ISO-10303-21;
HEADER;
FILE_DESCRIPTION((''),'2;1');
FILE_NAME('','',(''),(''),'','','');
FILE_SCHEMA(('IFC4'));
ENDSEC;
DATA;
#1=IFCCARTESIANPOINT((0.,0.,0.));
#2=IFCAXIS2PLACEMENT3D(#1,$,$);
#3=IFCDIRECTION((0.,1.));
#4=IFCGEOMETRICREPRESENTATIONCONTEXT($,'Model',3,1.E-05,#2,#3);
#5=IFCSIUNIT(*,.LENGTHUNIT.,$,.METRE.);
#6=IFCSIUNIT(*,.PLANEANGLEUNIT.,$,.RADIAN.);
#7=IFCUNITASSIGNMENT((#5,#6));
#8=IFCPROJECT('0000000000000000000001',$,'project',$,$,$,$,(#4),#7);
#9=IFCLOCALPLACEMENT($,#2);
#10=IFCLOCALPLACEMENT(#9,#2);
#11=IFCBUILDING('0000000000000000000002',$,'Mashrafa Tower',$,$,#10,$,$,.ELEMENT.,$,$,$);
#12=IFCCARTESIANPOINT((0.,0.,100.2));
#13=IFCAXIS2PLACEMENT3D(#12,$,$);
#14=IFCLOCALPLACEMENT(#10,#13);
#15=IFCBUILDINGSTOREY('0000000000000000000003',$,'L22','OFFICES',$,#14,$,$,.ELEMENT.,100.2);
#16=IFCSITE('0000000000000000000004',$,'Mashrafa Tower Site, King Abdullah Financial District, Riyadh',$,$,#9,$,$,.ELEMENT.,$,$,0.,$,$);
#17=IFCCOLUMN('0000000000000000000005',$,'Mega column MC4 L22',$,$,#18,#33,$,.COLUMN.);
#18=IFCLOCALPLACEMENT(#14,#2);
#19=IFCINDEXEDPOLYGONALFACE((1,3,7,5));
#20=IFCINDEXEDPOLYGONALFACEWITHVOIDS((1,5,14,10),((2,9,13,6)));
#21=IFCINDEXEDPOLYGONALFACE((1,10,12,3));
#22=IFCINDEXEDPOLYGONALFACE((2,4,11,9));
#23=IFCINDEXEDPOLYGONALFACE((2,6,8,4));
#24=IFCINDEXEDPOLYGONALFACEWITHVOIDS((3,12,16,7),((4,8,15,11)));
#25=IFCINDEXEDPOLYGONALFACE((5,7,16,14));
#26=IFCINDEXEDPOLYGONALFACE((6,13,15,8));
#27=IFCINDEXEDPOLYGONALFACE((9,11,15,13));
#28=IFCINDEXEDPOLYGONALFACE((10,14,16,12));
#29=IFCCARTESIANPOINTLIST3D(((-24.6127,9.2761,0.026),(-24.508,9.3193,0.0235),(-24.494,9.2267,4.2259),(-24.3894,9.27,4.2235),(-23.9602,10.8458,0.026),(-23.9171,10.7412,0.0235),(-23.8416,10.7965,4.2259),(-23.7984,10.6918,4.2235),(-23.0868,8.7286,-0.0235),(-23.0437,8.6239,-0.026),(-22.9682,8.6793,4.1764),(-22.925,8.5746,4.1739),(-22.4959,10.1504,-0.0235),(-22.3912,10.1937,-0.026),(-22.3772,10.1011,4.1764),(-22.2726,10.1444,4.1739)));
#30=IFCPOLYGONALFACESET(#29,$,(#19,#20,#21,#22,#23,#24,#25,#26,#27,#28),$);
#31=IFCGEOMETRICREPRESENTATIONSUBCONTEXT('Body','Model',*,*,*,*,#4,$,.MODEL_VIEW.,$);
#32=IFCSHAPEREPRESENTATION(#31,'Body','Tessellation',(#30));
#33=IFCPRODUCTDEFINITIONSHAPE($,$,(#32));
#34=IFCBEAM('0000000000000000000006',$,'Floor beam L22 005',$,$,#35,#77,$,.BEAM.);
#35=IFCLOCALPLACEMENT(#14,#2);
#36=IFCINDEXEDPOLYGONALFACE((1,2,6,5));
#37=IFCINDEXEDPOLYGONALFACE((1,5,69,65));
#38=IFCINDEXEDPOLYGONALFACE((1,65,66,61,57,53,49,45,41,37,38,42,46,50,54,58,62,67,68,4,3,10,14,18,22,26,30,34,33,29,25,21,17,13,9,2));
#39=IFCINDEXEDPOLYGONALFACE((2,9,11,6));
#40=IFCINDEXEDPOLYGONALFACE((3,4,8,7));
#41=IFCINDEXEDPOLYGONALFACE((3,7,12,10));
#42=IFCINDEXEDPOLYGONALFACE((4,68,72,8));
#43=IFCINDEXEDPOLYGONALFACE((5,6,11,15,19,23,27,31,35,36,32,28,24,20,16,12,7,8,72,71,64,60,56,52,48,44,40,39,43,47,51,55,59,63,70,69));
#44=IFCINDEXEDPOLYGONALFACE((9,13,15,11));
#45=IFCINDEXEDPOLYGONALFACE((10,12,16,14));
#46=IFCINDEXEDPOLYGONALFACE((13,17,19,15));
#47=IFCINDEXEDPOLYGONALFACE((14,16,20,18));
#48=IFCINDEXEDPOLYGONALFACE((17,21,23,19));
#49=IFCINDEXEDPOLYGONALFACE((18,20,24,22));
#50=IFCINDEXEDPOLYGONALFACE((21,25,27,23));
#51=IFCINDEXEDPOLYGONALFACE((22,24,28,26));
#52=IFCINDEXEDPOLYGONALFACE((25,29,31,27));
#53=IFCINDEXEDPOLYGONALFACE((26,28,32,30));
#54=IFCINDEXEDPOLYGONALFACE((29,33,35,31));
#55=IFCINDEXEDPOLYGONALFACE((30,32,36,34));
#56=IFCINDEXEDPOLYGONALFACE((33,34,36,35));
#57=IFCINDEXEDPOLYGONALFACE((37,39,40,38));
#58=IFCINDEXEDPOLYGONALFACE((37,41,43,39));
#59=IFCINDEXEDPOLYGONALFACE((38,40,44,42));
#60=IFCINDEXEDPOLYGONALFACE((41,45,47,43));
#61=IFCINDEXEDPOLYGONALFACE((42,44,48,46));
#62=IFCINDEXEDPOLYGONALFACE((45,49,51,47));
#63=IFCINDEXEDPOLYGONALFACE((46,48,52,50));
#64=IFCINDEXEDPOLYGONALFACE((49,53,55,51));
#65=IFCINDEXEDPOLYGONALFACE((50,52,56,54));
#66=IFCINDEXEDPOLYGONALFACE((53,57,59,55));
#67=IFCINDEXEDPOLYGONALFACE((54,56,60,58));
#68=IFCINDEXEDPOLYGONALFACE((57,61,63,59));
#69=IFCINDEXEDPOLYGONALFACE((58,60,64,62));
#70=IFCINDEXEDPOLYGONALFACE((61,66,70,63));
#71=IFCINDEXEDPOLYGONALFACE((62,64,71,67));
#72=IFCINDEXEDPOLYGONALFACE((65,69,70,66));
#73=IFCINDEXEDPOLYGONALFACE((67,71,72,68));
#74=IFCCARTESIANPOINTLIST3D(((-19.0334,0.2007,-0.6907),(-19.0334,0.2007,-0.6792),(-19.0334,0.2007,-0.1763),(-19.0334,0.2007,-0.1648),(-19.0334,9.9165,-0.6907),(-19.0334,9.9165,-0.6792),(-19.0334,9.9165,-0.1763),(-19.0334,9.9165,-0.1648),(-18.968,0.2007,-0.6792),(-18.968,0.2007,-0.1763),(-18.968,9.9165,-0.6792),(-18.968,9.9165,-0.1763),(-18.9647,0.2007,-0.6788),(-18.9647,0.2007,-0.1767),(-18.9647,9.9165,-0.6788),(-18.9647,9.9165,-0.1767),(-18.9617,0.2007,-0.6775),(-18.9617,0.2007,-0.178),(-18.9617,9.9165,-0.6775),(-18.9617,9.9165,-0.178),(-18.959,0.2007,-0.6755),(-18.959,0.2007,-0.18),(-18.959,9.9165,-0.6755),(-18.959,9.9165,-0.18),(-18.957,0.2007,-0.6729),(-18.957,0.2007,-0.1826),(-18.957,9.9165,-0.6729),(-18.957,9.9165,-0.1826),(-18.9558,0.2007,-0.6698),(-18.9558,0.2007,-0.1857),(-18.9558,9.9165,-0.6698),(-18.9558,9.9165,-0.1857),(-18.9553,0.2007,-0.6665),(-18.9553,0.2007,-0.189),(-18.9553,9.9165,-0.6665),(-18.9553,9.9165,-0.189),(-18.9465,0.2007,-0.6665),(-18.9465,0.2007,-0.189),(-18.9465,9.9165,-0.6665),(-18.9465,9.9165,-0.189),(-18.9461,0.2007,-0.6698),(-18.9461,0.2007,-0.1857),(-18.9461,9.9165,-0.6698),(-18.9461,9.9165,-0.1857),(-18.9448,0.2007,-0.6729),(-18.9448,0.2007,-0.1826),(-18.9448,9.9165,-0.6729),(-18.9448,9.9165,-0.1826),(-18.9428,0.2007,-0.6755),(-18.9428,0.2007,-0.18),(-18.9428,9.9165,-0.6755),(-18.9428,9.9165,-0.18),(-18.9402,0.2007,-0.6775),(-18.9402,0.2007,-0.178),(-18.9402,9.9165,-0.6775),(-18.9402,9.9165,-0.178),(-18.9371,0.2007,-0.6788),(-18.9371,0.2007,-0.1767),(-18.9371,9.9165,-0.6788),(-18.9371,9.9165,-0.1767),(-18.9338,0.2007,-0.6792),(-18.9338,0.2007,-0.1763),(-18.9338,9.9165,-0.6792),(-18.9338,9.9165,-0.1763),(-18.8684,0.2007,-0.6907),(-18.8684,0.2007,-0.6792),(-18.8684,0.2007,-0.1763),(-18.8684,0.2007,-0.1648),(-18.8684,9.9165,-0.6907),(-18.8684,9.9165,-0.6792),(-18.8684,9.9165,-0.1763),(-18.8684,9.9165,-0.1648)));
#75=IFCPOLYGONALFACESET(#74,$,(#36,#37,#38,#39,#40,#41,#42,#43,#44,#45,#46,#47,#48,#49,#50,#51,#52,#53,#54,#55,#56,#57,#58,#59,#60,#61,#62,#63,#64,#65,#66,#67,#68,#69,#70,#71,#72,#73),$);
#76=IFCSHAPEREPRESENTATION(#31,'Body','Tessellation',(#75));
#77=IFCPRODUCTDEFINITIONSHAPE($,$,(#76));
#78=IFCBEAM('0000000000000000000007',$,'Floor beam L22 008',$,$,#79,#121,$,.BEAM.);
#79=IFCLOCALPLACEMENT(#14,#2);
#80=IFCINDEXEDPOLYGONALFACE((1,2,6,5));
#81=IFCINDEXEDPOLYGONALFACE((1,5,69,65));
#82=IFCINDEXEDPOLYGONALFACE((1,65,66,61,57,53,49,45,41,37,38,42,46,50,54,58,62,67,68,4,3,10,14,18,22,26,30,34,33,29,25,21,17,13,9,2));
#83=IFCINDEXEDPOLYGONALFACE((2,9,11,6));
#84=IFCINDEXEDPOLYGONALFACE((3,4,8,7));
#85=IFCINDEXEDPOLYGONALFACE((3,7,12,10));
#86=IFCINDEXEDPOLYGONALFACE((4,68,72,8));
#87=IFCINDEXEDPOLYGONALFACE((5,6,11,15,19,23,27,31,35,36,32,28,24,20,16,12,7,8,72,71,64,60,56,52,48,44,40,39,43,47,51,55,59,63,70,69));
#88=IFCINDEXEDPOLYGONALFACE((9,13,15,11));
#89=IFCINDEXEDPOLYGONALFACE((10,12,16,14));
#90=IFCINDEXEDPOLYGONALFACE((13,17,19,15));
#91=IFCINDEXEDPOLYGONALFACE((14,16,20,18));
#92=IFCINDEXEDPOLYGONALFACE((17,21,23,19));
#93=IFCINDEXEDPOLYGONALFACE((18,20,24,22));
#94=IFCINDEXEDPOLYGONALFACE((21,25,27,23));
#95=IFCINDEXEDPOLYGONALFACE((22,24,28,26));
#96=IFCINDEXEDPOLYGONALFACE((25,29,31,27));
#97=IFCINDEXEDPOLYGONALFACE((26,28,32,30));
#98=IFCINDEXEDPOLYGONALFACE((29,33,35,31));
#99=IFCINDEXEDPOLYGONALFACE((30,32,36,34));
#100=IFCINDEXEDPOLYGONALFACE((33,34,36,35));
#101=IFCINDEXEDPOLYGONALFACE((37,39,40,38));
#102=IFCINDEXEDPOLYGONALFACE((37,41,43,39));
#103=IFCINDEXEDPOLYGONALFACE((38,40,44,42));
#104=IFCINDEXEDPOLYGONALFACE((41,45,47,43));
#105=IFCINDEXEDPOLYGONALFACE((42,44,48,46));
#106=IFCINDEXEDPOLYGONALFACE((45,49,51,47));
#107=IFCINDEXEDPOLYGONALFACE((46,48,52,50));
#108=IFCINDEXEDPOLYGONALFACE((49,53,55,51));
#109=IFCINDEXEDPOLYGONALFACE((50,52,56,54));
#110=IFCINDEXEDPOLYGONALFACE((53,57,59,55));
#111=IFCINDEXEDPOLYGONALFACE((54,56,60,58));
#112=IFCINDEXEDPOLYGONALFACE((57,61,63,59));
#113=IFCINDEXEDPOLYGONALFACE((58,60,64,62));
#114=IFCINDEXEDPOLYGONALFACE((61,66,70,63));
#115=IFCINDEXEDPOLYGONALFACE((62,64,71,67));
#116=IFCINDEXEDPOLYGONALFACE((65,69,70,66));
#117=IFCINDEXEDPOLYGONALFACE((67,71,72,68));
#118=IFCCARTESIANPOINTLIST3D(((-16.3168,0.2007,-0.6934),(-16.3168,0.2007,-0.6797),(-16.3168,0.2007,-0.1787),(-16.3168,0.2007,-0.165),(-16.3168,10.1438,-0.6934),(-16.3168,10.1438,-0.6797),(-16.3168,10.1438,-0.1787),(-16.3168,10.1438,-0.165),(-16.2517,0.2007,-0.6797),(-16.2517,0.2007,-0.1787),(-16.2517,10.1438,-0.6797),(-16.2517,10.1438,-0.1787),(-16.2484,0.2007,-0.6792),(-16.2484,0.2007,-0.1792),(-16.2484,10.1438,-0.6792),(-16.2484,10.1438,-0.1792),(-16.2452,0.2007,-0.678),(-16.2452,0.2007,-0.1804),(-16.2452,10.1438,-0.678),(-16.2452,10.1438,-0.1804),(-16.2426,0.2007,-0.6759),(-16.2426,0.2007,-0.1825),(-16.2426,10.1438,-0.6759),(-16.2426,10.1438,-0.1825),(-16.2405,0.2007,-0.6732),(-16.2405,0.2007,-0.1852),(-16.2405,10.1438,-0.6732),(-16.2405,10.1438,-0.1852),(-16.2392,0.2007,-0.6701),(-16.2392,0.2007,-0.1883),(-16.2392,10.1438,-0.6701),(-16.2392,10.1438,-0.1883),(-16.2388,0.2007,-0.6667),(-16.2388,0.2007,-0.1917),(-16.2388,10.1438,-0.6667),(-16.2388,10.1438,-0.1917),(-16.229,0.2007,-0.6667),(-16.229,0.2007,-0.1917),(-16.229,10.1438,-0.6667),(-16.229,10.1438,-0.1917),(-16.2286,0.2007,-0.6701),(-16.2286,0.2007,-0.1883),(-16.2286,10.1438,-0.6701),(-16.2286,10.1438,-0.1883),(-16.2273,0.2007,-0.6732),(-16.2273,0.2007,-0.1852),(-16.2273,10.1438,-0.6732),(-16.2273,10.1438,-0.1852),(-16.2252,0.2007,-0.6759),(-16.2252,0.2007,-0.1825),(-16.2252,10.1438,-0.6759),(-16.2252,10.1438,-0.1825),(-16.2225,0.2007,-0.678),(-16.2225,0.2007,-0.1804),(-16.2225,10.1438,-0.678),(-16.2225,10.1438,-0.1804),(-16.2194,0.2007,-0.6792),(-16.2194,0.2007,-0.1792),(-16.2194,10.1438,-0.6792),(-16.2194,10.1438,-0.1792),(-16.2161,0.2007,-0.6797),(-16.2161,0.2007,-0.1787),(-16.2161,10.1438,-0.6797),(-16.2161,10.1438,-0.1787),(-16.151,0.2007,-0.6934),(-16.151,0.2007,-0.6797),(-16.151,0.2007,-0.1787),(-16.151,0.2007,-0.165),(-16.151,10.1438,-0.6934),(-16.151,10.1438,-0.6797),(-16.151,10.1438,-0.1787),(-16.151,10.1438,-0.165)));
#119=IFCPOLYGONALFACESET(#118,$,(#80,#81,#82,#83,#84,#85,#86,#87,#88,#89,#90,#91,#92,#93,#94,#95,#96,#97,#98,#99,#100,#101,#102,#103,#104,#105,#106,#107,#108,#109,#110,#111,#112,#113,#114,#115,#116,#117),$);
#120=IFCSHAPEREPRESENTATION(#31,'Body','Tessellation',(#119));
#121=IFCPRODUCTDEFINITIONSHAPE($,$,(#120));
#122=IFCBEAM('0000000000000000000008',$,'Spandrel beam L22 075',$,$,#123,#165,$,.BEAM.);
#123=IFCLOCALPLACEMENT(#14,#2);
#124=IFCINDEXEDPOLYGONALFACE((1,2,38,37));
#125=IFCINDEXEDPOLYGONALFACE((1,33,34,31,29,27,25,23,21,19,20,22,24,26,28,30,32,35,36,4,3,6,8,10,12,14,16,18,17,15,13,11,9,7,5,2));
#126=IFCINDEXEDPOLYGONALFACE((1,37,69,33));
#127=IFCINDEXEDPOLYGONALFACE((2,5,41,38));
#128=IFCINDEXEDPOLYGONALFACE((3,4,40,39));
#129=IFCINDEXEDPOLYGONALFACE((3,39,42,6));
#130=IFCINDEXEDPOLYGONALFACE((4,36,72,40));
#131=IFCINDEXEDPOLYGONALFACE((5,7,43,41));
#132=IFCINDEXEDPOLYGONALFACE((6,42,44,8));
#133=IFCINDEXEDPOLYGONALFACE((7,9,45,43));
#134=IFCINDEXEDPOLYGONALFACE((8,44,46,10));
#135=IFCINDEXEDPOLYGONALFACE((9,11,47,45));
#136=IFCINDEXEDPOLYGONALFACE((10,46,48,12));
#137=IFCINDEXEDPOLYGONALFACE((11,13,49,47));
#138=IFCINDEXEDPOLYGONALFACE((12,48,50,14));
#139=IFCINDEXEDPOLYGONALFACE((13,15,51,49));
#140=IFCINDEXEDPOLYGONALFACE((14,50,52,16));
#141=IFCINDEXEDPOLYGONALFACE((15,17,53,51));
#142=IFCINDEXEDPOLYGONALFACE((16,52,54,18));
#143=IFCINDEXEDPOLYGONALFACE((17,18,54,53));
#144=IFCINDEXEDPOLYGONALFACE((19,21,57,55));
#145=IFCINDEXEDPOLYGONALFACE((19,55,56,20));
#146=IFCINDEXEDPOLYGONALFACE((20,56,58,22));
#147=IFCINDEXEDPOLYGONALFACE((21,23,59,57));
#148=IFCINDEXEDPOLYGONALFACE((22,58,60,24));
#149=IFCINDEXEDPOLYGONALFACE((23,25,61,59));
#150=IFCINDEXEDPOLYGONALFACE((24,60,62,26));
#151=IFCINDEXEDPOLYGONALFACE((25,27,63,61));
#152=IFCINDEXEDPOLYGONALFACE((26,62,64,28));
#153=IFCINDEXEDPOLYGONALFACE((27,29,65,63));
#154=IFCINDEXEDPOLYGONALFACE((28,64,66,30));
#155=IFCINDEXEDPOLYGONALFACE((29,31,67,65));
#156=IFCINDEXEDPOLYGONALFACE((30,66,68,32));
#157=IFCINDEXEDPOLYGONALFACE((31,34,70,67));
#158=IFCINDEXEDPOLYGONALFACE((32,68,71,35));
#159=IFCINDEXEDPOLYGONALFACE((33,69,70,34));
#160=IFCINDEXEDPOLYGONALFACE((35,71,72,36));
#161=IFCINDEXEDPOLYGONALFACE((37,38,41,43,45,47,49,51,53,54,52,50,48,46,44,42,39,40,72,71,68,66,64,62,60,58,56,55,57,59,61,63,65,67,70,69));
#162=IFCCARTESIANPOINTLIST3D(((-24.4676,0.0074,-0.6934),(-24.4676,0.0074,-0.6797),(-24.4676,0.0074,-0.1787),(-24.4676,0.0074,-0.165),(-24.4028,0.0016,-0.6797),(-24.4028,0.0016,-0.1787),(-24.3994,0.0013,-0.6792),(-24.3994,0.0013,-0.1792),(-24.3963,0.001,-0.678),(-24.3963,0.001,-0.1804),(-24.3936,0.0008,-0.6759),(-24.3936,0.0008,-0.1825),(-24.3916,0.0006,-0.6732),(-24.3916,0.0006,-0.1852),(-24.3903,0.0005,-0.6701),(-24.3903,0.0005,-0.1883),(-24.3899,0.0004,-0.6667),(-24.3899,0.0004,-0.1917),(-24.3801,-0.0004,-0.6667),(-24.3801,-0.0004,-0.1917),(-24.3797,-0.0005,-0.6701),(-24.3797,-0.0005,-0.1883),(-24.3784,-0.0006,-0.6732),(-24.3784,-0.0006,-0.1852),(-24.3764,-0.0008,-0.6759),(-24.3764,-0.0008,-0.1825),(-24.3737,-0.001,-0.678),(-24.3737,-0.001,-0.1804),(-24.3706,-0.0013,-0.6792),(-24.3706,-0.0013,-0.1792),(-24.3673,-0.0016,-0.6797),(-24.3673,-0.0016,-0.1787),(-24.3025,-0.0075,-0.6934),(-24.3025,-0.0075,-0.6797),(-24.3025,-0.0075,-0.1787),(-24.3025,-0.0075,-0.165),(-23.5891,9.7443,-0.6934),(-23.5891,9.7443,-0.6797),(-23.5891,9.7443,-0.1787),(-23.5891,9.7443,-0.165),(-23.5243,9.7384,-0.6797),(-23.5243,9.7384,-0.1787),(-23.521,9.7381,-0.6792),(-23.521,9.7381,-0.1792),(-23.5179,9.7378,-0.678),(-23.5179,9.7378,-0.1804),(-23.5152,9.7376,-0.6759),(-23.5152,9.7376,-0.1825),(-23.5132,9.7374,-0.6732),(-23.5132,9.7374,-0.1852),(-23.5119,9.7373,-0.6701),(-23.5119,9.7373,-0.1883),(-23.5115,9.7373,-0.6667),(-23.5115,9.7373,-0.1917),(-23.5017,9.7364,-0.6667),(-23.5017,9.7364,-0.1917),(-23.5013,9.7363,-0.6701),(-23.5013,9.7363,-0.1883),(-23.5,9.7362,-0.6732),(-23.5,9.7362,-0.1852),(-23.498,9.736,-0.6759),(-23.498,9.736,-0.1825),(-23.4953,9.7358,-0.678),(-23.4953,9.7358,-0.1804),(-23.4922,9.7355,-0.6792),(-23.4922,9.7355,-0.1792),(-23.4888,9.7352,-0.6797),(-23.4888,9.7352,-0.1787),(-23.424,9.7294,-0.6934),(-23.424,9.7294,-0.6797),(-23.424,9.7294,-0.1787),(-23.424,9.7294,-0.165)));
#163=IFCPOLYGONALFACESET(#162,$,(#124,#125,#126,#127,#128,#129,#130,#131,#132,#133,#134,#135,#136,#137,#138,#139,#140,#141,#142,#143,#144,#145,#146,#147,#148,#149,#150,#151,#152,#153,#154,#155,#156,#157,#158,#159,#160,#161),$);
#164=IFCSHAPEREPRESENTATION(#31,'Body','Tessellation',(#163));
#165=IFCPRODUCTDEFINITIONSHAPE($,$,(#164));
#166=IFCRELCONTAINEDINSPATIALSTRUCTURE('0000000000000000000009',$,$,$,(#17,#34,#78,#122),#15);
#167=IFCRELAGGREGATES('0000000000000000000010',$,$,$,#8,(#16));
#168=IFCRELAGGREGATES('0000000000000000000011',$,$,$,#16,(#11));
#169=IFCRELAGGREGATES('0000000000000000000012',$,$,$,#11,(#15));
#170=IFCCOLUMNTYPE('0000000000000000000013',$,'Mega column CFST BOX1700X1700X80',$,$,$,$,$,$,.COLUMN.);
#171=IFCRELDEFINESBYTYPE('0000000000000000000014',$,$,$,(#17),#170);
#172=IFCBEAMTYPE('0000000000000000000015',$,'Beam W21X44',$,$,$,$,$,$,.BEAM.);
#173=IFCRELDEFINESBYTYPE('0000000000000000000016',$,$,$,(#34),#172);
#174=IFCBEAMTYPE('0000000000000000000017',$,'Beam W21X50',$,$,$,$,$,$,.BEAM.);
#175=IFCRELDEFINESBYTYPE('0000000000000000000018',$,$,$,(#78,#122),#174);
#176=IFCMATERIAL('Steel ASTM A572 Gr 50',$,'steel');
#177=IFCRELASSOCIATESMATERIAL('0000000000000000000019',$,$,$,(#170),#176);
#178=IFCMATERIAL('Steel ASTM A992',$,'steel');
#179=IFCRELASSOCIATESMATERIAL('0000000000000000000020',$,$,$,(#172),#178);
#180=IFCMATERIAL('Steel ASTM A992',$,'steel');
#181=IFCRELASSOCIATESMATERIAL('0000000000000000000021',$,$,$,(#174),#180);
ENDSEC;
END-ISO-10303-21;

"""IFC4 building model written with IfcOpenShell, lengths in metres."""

from ifc_helpers import new_model, si_unit, direction, frame, origin, origin_2d, place, context, subcontext, project, spatial, hollow_rectangle, i_section, extrude, material, material_profile, profile_set, type_object, element, save


model = new_model("IFC4")

# Units and contexts
model_context = context("Model", 3, precision=1e-05, world=origin(), true_north=direction((0.0, 1.0)))
body_context = subcontext(model_context, "Body", "Model", "MODEL_VIEW")
ifc_project = project(units=[si_unit("LENGTHUNIT", "METRE"), si_unit("PLANEANGLEUNIT", "RADIAN")], contexts=[model_context])

# Site, building, storey
site_placement = place(None, origin())
site = spatial("IfcSite", under=ifc_project, at=site_placement, Name="Mashrafa Tower Site, King Abdullah Financial District, Riyadh", CompositionType="ELEMENT", RefElevation=0.0)
building_placement = place(site_placement, origin())
building = spatial("IfcBuilding", under=site, at=building_placement, Name="Mashrafa Tower", CompositionType="ELEMENT")
storey_placement = place(building_placement, frame((0.0, 0.0, 100.2)))
storey = spatial("IfcBuildingStorey", under=building, at=storey_placement, Name="L22", Description="OFFICES", CompositionType="ELEMENT", Elevation=100.2)

# Column
ifc_material_1 = material(Name="Steel ASTM A572 Gr 50", Category="steel")
ifc_material_profile_1 = material_profile(ifc_material_1, hollow_rectangle(XDim=1.7, YDim=1.7, WallThickness=0.0801, at=origin_2d()), Name="BOX1700X1700X80")
ifc_profile_set_1 = profile_set([ifc_material_profile_1], Name="Steel ASTM A572 Gr 50")
column_type = type_object("IfcColumnType", Name="Mega column CFST BOX1700X1700X80", PredefinedType="COLUMN", material=ifc_profile_set_1)
column_placement = place(storey_placement, frame((-23.502, 9.7349, 0.0), z_axis=(0.028238, -0.011737, 0.999532), x_axis=(0.383806, 0.923414, 0.0)))
element("IfcColumn", 1, at=column_placement, inside=storey, type_object=column_type, Name="Mega column MC4 L22", PredefinedType="COLUMN", context=body_context, shape_type="SweptSolid", body=[
    extrude(hollow_rectangle(XDim=1.7, YDim=1.7, WallThickness=0.0801, at=origin_2d()), origin(), (0.0, 0.0, 1.0), 4.2019),
])

# Beams
ifc_material_2 = material(Name="Steel ASTM A992", Category="steel")
ifc_material_profile_2 = material_profile(ifc_material_2, i_section(OverallWidth=0.165, OverallDepth=0.5259, WebThickness=0.0088, FlangeThickness=0.0115, FilletRadius=0.0127, at=origin_2d()), Name="W21X44")
ifc_profile_set_2 = profile_set([ifc_material_profile_2], Name="Steel ASTM A992")
beam_type_1 = type_object("IfcBeamType", Name="Beam W21X44", PredefinedType="BEAM", material=ifc_profile_set_2)
beam_1_placement = place(storey_placement, frame((-18.9509, 0.2007, -0.4277), z_axis=(0.0, 1.0, 0.0), x_axis=(-1.0, 0.0, 0.0)))
element("IfcBeam", 2, at=beam_1_placement, inside=storey, type_object=beam_type_1, Name="Floor beam L22 005", PredefinedType="BEAM", context=body_context, shape_type="SweptSolid", body=[
    extrude(i_section(OverallWidth=0.165, OverallDepth=0.5259, WebThickness=0.0088, FlangeThickness=0.0115, FilletRadius=0.0127, at=origin_2d()), origin(), (0.0, 0.0, 1.0), 9.7158),
])
ifc_material_3 = material(Name="Steel ASTM A992", Category="steel")
ifc_material_profile_3 = material_profile(ifc_material_3, i_section(OverallWidth=0.1658, OverallDepth=0.5283, WebThickness=0.0098, FlangeThickness=0.0137, FilletRadius=0.0129, at=origin_2d()), Name="W21X50")
ifc_profile_set_3 = profile_set([ifc_material_profile_3], Name="Steel ASTM A992")
beam_type_2 = type_object("IfcBeamType", Name="Beam W21X50", PredefinedType="BEAM", material=ifc_profile_set_3)
beam_2_placement = place(storey_placement, frame((-16.2339, 0.2007, -0.4292), z_axis=(0.0, 1.0, 0.0), x_axis=(-1.0, 0.0, 0.0)))
element("IfcBeam", 3, at=beam_2_placement, inside=storey, type_object=beam_type_2, Name="Floor beam L22 008", PredefinedType="BEAM", context=body_context, shape_type="SweptSolid", body=[
    extrude(i_section(OverallWidth=0.1658, OverallDepth=0.5283, WebThickness=0.0098, FlangeThickness=0.0137, FilletRadius=0.0129, at=origin_2d()), origin(), (0.0, 0.0, 1.0), 9.9431),
])
beam_3_placement = place(storey_placement, frame((-23.5066, 9.7368, -0.4292), z_axis=(-0.089851, -0.995955, 0.0), x_axis=(0.995955, -0.089851, 0.0)))
element("IfcBeam", 4, at=beam_3_placement, inside=storey, type_object=beam_type_2, Name="Spandrel beam L22 075", PredefinedType="BEAM", context=body_context, shape_type="SweptSolid", body=[
    extrude(i_section(OverallWidth=0.1658, OverallDepth=0.5283, WebThickness=0.0098, FlangeThickness=0.0137, FilletRadius=0.0129, at=origin_2d()), origin(), (0.0, 0.0, 1.0), 9.7764),
])

save(model, "model.ifc")
